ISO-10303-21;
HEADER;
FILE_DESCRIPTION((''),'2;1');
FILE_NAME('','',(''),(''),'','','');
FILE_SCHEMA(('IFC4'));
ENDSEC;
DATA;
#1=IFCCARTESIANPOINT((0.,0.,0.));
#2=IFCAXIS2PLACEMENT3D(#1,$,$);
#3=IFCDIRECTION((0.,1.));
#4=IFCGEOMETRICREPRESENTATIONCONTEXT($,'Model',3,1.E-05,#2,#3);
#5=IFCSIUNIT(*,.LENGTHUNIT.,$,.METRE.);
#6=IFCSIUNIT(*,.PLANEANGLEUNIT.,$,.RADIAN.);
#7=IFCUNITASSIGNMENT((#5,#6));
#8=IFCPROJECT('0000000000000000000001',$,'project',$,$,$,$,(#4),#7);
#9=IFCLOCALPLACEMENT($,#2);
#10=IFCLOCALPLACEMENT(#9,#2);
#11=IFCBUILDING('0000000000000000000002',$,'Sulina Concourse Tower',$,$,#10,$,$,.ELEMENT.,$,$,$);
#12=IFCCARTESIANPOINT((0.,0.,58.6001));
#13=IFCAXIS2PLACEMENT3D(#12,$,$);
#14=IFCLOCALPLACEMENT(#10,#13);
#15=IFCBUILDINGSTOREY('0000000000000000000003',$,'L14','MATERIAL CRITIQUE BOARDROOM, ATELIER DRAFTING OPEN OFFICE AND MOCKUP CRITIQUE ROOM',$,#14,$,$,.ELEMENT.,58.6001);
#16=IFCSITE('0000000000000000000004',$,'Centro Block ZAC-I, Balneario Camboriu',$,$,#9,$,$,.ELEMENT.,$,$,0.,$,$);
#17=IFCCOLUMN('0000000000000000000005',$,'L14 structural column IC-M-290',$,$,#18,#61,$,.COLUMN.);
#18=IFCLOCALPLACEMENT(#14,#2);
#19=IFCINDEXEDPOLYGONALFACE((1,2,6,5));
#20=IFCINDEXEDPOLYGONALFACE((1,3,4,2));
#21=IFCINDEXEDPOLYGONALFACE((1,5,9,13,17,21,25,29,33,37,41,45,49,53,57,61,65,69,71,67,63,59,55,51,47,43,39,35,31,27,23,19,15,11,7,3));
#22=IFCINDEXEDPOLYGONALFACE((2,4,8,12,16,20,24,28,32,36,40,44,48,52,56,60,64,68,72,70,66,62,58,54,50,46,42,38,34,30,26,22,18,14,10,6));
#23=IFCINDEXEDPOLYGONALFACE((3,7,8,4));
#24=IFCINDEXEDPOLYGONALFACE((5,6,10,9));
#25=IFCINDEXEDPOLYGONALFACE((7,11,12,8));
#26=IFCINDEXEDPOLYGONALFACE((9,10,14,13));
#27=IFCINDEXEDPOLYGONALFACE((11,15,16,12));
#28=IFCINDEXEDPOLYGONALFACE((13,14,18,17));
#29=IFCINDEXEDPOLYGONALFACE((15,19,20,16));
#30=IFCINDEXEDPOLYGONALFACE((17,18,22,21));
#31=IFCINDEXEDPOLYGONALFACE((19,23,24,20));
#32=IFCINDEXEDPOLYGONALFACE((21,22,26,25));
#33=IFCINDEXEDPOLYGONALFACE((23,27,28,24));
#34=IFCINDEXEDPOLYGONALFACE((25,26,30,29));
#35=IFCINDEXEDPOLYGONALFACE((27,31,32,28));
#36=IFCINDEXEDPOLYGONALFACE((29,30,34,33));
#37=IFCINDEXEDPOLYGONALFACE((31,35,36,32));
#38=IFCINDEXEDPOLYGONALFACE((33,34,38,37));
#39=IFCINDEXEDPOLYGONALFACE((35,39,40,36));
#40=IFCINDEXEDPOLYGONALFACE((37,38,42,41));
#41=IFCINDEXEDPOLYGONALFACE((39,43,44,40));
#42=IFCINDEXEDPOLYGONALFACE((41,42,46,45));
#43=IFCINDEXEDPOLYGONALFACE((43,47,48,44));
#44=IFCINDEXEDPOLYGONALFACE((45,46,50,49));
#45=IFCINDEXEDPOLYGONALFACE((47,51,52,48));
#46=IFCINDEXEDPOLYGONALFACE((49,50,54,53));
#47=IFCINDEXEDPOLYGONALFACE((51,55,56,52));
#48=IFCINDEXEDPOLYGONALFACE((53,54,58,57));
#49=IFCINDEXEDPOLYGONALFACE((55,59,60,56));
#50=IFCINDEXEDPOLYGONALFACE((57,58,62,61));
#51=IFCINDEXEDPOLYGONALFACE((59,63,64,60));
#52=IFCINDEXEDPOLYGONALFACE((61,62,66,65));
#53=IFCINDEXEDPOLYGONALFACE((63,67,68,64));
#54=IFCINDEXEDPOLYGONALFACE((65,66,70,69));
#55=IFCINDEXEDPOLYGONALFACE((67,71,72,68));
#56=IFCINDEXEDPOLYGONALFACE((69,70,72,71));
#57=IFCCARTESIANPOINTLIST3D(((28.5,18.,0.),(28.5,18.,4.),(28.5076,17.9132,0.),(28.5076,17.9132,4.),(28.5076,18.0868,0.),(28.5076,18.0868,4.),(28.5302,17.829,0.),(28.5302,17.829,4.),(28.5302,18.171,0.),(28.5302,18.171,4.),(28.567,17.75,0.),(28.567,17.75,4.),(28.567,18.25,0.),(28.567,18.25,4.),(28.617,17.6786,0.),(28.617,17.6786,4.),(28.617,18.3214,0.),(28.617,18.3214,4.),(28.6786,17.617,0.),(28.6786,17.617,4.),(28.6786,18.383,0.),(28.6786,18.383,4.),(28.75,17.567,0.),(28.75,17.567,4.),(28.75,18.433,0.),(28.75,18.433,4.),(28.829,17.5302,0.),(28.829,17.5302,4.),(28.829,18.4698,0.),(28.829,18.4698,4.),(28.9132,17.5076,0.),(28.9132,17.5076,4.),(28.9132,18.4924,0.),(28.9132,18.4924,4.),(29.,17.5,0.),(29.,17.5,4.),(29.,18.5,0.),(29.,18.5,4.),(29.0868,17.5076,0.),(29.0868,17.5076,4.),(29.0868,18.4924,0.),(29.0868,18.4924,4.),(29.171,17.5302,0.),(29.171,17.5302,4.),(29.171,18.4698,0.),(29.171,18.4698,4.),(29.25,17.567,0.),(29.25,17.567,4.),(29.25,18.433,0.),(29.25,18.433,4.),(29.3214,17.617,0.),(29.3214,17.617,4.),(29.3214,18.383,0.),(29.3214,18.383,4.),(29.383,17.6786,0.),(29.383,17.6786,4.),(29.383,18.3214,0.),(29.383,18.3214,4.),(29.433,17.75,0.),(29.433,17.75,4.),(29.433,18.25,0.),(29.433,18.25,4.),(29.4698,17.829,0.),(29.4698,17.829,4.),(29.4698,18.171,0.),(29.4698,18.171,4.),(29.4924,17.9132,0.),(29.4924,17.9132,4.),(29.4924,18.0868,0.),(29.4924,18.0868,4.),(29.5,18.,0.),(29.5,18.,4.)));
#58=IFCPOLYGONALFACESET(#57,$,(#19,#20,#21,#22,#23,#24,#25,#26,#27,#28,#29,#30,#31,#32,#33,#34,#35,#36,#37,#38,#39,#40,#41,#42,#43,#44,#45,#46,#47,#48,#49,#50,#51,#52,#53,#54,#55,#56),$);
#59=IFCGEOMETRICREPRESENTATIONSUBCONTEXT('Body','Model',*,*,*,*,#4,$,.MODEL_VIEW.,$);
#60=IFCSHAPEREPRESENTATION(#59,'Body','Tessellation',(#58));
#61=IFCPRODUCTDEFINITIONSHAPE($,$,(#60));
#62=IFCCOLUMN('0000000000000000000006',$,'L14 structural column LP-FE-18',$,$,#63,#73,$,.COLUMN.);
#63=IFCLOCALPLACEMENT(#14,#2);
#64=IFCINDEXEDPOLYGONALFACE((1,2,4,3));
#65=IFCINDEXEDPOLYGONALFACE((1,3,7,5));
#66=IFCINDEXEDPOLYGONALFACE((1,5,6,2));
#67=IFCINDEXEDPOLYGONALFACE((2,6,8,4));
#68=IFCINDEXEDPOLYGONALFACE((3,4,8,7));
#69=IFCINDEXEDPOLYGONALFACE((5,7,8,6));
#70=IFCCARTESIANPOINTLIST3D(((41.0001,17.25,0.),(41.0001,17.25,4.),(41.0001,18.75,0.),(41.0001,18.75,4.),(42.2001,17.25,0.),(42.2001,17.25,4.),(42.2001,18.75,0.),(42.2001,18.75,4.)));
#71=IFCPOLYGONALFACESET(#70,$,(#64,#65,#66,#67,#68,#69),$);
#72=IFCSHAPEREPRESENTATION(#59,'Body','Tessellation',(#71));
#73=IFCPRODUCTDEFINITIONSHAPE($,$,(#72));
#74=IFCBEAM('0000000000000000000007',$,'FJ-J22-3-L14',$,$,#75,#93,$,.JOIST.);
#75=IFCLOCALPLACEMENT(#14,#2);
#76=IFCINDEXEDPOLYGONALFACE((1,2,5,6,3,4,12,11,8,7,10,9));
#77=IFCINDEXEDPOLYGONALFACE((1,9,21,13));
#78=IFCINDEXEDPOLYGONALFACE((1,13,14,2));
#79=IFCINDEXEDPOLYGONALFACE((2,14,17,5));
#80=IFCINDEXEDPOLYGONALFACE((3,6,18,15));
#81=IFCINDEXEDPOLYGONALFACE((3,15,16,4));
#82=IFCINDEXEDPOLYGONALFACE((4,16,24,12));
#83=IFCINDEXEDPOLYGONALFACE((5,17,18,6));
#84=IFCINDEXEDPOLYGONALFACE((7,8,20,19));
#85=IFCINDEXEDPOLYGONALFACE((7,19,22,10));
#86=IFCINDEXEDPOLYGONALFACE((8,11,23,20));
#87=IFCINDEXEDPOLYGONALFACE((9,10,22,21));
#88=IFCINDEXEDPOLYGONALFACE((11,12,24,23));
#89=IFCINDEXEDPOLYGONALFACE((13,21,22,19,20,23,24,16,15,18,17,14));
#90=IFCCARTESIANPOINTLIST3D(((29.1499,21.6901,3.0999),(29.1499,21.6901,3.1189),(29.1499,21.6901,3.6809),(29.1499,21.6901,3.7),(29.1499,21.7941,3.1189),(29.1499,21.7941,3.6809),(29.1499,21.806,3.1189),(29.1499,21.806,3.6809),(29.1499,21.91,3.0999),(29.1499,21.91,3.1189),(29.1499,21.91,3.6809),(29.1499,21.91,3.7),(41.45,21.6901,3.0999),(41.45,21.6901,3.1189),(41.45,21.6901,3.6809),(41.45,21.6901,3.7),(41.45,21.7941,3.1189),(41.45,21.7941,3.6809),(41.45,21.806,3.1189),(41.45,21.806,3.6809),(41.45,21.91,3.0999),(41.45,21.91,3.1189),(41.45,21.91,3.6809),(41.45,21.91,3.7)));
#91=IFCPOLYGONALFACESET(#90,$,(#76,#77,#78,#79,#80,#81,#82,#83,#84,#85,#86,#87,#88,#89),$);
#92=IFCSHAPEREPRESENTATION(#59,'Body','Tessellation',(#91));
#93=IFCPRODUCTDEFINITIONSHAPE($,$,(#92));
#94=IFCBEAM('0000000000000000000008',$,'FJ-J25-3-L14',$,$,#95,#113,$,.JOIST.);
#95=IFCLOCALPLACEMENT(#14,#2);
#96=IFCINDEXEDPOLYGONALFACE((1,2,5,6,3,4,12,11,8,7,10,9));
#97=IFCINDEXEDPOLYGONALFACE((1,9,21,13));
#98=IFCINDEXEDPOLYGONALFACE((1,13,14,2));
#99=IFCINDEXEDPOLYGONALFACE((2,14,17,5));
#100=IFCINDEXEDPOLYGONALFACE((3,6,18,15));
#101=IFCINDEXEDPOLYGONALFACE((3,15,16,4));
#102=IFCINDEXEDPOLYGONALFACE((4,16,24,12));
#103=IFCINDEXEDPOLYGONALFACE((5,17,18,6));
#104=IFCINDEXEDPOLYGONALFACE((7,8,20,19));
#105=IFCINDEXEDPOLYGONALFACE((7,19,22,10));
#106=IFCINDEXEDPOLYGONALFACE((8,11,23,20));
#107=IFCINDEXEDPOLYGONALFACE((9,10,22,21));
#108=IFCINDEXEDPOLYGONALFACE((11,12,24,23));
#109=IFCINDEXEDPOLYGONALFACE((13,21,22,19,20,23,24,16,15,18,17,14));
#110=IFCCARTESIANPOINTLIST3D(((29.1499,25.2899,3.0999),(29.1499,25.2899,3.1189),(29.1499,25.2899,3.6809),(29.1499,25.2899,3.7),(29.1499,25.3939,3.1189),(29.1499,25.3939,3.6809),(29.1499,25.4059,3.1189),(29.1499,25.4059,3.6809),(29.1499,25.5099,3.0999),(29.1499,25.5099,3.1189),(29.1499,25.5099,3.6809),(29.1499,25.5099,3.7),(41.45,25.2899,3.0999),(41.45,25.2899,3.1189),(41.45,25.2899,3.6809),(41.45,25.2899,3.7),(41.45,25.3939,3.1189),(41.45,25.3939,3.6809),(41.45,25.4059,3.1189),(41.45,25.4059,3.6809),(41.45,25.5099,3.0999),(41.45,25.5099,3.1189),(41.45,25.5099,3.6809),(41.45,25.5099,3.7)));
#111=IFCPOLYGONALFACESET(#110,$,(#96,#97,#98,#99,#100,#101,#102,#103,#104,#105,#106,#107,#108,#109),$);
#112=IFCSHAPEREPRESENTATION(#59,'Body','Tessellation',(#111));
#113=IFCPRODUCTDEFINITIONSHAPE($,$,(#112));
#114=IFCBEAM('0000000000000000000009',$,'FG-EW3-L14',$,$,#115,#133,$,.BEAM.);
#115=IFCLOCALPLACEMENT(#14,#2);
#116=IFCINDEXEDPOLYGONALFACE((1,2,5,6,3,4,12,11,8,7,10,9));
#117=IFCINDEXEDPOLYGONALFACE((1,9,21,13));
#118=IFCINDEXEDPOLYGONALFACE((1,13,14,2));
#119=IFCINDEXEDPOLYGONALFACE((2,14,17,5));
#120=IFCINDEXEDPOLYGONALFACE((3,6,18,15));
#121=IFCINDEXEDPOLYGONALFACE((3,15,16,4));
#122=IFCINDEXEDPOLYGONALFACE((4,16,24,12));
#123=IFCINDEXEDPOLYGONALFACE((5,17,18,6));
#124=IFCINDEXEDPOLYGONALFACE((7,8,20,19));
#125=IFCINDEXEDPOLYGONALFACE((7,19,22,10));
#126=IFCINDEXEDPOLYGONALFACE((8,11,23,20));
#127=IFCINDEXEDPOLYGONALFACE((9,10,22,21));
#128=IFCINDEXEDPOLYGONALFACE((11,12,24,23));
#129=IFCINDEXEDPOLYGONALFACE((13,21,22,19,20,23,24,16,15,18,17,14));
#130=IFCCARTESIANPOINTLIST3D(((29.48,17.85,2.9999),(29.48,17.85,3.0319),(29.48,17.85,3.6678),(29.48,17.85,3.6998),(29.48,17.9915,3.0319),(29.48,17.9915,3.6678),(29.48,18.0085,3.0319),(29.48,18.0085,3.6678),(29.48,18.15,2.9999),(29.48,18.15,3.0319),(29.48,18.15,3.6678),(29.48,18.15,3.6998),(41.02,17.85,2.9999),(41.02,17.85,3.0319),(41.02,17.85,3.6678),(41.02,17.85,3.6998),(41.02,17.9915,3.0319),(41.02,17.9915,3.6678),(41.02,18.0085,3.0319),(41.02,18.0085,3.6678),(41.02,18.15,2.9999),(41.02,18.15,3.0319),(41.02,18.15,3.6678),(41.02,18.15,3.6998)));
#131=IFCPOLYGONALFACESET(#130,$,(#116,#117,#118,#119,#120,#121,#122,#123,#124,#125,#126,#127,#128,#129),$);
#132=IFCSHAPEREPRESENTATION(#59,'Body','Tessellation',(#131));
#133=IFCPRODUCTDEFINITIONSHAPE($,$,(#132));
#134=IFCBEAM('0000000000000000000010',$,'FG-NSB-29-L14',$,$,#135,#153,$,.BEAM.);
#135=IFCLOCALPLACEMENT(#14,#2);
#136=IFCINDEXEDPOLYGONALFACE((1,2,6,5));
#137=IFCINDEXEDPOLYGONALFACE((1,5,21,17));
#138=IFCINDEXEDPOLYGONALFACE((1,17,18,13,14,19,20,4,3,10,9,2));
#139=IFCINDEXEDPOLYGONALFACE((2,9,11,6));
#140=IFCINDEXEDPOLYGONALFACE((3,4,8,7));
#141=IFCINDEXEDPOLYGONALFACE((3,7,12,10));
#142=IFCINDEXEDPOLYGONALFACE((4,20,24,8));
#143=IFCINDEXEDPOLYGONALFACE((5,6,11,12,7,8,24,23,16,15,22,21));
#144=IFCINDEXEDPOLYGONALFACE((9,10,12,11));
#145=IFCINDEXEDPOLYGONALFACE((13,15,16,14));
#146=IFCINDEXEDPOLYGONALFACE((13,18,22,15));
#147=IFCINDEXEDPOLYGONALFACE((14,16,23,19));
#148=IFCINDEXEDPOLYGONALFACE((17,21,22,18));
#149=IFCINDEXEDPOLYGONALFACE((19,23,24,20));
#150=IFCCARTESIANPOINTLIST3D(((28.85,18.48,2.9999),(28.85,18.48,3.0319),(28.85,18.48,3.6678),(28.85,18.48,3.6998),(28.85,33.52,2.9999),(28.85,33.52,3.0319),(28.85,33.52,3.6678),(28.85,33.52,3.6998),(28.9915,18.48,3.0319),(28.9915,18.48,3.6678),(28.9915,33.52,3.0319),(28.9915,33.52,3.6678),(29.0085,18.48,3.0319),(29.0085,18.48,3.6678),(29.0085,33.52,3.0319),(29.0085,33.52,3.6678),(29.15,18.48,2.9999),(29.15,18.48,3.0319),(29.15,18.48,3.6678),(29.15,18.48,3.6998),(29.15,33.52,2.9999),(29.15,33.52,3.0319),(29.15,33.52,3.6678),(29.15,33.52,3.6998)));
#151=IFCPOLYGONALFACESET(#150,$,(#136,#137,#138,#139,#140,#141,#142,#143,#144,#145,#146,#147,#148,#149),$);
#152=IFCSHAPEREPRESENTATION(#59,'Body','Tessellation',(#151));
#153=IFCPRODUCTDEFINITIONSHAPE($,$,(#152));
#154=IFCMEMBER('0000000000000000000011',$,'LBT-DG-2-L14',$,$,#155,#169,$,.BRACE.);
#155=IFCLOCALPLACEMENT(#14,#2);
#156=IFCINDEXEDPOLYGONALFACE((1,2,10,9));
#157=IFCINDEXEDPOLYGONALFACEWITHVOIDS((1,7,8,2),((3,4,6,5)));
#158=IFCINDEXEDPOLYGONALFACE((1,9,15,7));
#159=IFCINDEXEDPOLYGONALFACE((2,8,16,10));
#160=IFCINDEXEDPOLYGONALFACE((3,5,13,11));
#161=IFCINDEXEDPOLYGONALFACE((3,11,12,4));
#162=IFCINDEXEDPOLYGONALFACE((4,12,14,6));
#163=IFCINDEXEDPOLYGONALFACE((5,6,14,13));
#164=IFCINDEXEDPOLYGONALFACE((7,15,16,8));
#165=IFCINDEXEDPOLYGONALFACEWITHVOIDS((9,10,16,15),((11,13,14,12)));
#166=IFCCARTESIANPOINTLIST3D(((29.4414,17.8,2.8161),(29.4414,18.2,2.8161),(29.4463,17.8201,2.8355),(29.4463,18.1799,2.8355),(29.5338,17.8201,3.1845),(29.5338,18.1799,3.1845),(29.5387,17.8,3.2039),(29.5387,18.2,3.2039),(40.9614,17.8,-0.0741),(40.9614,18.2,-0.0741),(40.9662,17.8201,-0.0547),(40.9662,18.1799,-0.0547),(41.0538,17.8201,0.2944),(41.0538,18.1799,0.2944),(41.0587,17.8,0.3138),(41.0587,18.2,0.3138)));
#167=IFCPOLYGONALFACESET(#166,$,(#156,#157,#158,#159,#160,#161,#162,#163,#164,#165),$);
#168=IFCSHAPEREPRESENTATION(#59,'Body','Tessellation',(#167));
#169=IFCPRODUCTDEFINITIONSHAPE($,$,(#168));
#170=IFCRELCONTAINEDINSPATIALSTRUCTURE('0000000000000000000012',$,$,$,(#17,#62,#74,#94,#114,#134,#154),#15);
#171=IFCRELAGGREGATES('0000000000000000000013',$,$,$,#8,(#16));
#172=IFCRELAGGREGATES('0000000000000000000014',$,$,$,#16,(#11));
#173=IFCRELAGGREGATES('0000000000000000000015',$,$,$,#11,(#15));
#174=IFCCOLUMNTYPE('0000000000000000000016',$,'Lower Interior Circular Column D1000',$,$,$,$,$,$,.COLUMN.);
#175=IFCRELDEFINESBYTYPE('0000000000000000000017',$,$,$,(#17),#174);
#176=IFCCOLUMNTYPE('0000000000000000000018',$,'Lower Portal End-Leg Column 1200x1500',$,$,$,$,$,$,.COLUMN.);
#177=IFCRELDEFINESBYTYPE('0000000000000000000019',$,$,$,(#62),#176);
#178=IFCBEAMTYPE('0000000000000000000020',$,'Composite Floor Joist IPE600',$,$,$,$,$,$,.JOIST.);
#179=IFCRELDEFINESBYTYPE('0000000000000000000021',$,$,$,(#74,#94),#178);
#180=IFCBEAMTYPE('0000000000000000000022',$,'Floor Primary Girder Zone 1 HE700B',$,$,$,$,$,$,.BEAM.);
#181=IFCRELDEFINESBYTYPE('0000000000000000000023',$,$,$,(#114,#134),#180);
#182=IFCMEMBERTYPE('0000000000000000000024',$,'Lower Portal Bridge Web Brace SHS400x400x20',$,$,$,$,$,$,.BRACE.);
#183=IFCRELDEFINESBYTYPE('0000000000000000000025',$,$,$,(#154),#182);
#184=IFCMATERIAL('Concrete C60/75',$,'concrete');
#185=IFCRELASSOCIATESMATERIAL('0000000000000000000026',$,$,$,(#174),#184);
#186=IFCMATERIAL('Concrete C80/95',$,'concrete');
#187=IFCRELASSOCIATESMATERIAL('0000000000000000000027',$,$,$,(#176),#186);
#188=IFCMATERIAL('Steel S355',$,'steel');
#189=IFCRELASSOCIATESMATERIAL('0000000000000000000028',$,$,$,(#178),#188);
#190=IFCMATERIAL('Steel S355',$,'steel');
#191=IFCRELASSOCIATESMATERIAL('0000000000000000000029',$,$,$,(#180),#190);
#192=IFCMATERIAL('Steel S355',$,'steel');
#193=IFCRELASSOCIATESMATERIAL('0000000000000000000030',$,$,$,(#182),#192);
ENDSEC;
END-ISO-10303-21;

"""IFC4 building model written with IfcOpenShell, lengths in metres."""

from ifc_helpers import new_model, si_unit, direction, frame, origin, origin_2d, place, context, subcontext, project, spatial, rectangle, hollow_rectangle, circle, i_section, extrude, material, material_profile, profile_set, type_object, element, save


model = new_model("IFC4")

# Units and contexts
model_context = context("Model", 3, precision=1e-05, world=origin(), true_north=direction((0.0, 1.0)))
body_context = subcontext(model_context, "Body", "Model", "MODEL_VIEW")
ifc_project = project(units=[si_unit("LENGTHUNIT", "METRE"), si_unit("PLANEANGLEUNIT", "RADIAN")], contexts=[model_context])

# Site, building, storey
site_placement = place(None, origin())
site = spatial("IfcSite", under=ifc_project, at=site_placement, Name="Centro Block ZAC-I, Balneario Camboriu", CompositionType="ELEMENT", RefElevation=0.0)
building_placement = place(site_placement, origin())
building = spatial("IfcBuilding", under=site, at=building_placement, Name="Sulina Concourse Tower", CompositionType="ELEMENT")
storey_placement = place(building_placement, frame((0.0, 0.0, 58.6001)))
storey = spatial("IfcBuildingStorey", under=building, at=storey_placement, Name="L14", Description="MATERIAL CRITIQUE BOARDROOM, ATELIER DRAFTING OPEN OFFICE AND MOCKUP CRITIQUE ROOM", CompositionType="ELEMENT", Elevation=58.6001)

# Columns
ifc_material_1 = material(Name="Concrete C60/75", Category="concrete")
ifc_material_profile_1 = material_profile(ifc_material_1, circle(Radius=0.5, at=origin_2d()), Name="RC D1000")
ifc_profile_set_1 = profile_set([ifc_material_profile_1], Name="Concrete C60/75")
column_type_1 = type_object("IfcColumnType", Name="Lower Interior Circular Column D1000", PredefinedType="COLUMN", material=ifc_profile_set_1)
column_1_placement = place(storey_placement, frame((29.0, 18.0, 0.0), z_axis=(0.0, 0.0, 1.0), x_axis=(1.0, 0.0, 0.0)))
element("IfcColumn", 1, at=column_1_placement, inside=storey, type_object=column_type_1, Name="L14 structural column IC-M-290", PredefinedType="COLUMN", context=body_context, shape_type="SweptSolid", body=[
    extrude(circle(Radius=0.5, at=origin_2d()), origin(), (0.0, 0.0, 1.0), 4.0),
])
ifc_material_2 = material(Name="Concrete C80/95", Category="concrete")
ifc_material_profile_2 = material_profile(ifc_material_2, rectangle(XDim=1.2, YDim=1.5, at=origin_2d()), Name="RC 1200x1500")
ifc_profile_set_2 = profile_set([ifc_material_profile_2], Name="Concrete C80/95")
column_type_2 = type_object("IfcColumnType", Name="Lower Portal End-Leg Column 1200x1500", PredefinedType="COLUMN", material=ifc_profile_set_2)
column_2_placement = place(storey_placement, frame((41.6001, 18.0, 0.0), z_axis=(0.0, 0.0, 1.0), x_axis=(1.0, 0.0, 0.0)))
element("IfcColumn", 2, at=column_2_placement, inside=storey, type_object=column_type_2, Name="L14 structural column LP-FE-18", PredefinedType="COLUMN", context=body_context, shape_type="SweptSolid", body=[
    extrude(rectangle(XDim=1.2, YDim=1.5, at=origin_2d()), origin(), (0.0, 0.0, 1.0), 4.0),
])

# Beams
ifc_material_3 = material(Name="Steel S355", Category="steel")
ifc_material_profile_3 = material_profile(ifc_material_3, i_section(OverallWidth=0.22, OverallDepth=0.6001, WebThickness=0.012, FlangeThickness=0.019, at=origin_2d()), Name="IPE 600")
ifc_profile_set_3 = profile_set([ifc_material_profile_3], Name="Steel S355")
beam_type_1 = type_object("IfcBeamType", Name="Composite Floor Joist IPE600", PredefinedType="JOIST", material=ifc_profile_set_3)
for number, where, z_axis, x_axis, name in (
    (3, (29.1499, 21.8, 3.3999), (1.0, 0.0, 0.0), (0.0, 1.0, 0.0), "FJ-J22-3-L14"),
    (4, (29.1499, 25.3999, 3.3999), (1.0, 0.0, 0.0), (0.0, 1.0, 0.0), "FJ-J25-3-L14"),
):
    element("IfcBeam", number, at=place(storey_placement, frame(where, z_axis=z_axis, x_axis=x_axis)), inside=storey, type_object=beam_type_1, Name=name, PredefinedType="JOIST", context=body_context, shape_type="SweptSolid", body=[
        extrude(i_section(OverallWidth=0.22, OverallDepth=0.6001, WebThickness=0.012, FlangeThickness=0.019, at=origin_2d()), origin(), (0.0, 0.0, 1.0), 12.3),
    ])
ifc_material_4 = material(Name="Steel S355", Category="steel")
ifc_material_profile_4 = material_profile(ifc_material_4, i_section(OverallWidth=0.3, OverallDepth=0.7, WebThickness=0.0171, FlangeThickness=0.032, at=origin_2d()), Name="HE 700 B")
ifc_profile_set_4 = profile_set([ifc_material_profile_4], Name="Steel S355")
beam_type_2 = type_object("IfcBeamType", Name="Floor Primary Girder Zone 1 HE700B", PredefinedType="BEAM", material=ifc_profile_set_4)
beam_1_placement = place(storey_placement, frame((29.48, 18.0, 3.3499), z_axis=(1.0, 0.0, 0.0), x_axis=(0.0, 1.0, 0.0)))
element("IfcBeam", 5, at=beam_1_placement, inside=storey, type_object=beam_type_2, Name="FG-EW3-L14", PredefinedType="BEAM", context=body_context, shape_type="SweptSolid", body=[
    extrude(i_section(OverallWidth=0.3, OverallDepth=0.7, WebThickness=0.0171, FlangeThickness=0.032, at=origin_2d()), origin(), (0.0, 0.0, 1.0), 11.54),
])
beam_2_placement = place(storey_placement, frame((29.0, 18.48, 3.3499), z_axis=(0.0, 1.0, 0.0), x_axis=(-1.0, 0.0, 0.0)))
element("IfcBeam", 6, at=beam_2_placement, inside=storey, type_object=beam_type_2, Name="FG-NSB-29-L14", PredefinedType="BEAM", context=body_context, shape_type="SweptSolid", body=[
    extrude(i_section(OverallWidth=0.3, OverallDepth=0.7, WebThickness=0.0171, FlangeThickness=0.032, at=origin_2d()), origin(), (0.0, 0.0, 1.0), 15.04),
])

# Member
ifc_material_5 = material(Name="Steel S355", Category="steel")
ifc_material_profile_5 = material_profile(ifc_material_5, hollow_rectangle(XDim=0.3999, YDim=0.3999, WallThickness=0.02, at=origin_2d()), Name="SHS 400x400x20")
ifc_profile_set_5 = profile_set([ifc_material_profile_5], Name="Steel S355")
member_type_1 = type_object("IfcMemberType", Name="Lower Portal Bridge Web Brace SHS400x400x20", PredefinedType="BRACE", material=ifc_profile_set_5)
member_1_placement = place(storey_placement, frame((41.01, 18.0, 0.1199), z_axis=(-0.969941, 0.0, 0.243338), x_axis=(0.0, -1.0, 0.0)))
element("IfcMember", 7, at=member_1_placement, inside=storey, type_object=member_type_1, Name="LBT-DG-2-L14", PredefinedType="BRACE", context=body_context, shape_type="SweptSolid", body=[
    extrude(hollow_rectangle(XDim=0.3999, YDim=0.3999, WallThickness=0.02, at=origin_2d()), origin(), (0.0, 0.0, 1.0), 11.877),
])

save(model, "model.ifc")
